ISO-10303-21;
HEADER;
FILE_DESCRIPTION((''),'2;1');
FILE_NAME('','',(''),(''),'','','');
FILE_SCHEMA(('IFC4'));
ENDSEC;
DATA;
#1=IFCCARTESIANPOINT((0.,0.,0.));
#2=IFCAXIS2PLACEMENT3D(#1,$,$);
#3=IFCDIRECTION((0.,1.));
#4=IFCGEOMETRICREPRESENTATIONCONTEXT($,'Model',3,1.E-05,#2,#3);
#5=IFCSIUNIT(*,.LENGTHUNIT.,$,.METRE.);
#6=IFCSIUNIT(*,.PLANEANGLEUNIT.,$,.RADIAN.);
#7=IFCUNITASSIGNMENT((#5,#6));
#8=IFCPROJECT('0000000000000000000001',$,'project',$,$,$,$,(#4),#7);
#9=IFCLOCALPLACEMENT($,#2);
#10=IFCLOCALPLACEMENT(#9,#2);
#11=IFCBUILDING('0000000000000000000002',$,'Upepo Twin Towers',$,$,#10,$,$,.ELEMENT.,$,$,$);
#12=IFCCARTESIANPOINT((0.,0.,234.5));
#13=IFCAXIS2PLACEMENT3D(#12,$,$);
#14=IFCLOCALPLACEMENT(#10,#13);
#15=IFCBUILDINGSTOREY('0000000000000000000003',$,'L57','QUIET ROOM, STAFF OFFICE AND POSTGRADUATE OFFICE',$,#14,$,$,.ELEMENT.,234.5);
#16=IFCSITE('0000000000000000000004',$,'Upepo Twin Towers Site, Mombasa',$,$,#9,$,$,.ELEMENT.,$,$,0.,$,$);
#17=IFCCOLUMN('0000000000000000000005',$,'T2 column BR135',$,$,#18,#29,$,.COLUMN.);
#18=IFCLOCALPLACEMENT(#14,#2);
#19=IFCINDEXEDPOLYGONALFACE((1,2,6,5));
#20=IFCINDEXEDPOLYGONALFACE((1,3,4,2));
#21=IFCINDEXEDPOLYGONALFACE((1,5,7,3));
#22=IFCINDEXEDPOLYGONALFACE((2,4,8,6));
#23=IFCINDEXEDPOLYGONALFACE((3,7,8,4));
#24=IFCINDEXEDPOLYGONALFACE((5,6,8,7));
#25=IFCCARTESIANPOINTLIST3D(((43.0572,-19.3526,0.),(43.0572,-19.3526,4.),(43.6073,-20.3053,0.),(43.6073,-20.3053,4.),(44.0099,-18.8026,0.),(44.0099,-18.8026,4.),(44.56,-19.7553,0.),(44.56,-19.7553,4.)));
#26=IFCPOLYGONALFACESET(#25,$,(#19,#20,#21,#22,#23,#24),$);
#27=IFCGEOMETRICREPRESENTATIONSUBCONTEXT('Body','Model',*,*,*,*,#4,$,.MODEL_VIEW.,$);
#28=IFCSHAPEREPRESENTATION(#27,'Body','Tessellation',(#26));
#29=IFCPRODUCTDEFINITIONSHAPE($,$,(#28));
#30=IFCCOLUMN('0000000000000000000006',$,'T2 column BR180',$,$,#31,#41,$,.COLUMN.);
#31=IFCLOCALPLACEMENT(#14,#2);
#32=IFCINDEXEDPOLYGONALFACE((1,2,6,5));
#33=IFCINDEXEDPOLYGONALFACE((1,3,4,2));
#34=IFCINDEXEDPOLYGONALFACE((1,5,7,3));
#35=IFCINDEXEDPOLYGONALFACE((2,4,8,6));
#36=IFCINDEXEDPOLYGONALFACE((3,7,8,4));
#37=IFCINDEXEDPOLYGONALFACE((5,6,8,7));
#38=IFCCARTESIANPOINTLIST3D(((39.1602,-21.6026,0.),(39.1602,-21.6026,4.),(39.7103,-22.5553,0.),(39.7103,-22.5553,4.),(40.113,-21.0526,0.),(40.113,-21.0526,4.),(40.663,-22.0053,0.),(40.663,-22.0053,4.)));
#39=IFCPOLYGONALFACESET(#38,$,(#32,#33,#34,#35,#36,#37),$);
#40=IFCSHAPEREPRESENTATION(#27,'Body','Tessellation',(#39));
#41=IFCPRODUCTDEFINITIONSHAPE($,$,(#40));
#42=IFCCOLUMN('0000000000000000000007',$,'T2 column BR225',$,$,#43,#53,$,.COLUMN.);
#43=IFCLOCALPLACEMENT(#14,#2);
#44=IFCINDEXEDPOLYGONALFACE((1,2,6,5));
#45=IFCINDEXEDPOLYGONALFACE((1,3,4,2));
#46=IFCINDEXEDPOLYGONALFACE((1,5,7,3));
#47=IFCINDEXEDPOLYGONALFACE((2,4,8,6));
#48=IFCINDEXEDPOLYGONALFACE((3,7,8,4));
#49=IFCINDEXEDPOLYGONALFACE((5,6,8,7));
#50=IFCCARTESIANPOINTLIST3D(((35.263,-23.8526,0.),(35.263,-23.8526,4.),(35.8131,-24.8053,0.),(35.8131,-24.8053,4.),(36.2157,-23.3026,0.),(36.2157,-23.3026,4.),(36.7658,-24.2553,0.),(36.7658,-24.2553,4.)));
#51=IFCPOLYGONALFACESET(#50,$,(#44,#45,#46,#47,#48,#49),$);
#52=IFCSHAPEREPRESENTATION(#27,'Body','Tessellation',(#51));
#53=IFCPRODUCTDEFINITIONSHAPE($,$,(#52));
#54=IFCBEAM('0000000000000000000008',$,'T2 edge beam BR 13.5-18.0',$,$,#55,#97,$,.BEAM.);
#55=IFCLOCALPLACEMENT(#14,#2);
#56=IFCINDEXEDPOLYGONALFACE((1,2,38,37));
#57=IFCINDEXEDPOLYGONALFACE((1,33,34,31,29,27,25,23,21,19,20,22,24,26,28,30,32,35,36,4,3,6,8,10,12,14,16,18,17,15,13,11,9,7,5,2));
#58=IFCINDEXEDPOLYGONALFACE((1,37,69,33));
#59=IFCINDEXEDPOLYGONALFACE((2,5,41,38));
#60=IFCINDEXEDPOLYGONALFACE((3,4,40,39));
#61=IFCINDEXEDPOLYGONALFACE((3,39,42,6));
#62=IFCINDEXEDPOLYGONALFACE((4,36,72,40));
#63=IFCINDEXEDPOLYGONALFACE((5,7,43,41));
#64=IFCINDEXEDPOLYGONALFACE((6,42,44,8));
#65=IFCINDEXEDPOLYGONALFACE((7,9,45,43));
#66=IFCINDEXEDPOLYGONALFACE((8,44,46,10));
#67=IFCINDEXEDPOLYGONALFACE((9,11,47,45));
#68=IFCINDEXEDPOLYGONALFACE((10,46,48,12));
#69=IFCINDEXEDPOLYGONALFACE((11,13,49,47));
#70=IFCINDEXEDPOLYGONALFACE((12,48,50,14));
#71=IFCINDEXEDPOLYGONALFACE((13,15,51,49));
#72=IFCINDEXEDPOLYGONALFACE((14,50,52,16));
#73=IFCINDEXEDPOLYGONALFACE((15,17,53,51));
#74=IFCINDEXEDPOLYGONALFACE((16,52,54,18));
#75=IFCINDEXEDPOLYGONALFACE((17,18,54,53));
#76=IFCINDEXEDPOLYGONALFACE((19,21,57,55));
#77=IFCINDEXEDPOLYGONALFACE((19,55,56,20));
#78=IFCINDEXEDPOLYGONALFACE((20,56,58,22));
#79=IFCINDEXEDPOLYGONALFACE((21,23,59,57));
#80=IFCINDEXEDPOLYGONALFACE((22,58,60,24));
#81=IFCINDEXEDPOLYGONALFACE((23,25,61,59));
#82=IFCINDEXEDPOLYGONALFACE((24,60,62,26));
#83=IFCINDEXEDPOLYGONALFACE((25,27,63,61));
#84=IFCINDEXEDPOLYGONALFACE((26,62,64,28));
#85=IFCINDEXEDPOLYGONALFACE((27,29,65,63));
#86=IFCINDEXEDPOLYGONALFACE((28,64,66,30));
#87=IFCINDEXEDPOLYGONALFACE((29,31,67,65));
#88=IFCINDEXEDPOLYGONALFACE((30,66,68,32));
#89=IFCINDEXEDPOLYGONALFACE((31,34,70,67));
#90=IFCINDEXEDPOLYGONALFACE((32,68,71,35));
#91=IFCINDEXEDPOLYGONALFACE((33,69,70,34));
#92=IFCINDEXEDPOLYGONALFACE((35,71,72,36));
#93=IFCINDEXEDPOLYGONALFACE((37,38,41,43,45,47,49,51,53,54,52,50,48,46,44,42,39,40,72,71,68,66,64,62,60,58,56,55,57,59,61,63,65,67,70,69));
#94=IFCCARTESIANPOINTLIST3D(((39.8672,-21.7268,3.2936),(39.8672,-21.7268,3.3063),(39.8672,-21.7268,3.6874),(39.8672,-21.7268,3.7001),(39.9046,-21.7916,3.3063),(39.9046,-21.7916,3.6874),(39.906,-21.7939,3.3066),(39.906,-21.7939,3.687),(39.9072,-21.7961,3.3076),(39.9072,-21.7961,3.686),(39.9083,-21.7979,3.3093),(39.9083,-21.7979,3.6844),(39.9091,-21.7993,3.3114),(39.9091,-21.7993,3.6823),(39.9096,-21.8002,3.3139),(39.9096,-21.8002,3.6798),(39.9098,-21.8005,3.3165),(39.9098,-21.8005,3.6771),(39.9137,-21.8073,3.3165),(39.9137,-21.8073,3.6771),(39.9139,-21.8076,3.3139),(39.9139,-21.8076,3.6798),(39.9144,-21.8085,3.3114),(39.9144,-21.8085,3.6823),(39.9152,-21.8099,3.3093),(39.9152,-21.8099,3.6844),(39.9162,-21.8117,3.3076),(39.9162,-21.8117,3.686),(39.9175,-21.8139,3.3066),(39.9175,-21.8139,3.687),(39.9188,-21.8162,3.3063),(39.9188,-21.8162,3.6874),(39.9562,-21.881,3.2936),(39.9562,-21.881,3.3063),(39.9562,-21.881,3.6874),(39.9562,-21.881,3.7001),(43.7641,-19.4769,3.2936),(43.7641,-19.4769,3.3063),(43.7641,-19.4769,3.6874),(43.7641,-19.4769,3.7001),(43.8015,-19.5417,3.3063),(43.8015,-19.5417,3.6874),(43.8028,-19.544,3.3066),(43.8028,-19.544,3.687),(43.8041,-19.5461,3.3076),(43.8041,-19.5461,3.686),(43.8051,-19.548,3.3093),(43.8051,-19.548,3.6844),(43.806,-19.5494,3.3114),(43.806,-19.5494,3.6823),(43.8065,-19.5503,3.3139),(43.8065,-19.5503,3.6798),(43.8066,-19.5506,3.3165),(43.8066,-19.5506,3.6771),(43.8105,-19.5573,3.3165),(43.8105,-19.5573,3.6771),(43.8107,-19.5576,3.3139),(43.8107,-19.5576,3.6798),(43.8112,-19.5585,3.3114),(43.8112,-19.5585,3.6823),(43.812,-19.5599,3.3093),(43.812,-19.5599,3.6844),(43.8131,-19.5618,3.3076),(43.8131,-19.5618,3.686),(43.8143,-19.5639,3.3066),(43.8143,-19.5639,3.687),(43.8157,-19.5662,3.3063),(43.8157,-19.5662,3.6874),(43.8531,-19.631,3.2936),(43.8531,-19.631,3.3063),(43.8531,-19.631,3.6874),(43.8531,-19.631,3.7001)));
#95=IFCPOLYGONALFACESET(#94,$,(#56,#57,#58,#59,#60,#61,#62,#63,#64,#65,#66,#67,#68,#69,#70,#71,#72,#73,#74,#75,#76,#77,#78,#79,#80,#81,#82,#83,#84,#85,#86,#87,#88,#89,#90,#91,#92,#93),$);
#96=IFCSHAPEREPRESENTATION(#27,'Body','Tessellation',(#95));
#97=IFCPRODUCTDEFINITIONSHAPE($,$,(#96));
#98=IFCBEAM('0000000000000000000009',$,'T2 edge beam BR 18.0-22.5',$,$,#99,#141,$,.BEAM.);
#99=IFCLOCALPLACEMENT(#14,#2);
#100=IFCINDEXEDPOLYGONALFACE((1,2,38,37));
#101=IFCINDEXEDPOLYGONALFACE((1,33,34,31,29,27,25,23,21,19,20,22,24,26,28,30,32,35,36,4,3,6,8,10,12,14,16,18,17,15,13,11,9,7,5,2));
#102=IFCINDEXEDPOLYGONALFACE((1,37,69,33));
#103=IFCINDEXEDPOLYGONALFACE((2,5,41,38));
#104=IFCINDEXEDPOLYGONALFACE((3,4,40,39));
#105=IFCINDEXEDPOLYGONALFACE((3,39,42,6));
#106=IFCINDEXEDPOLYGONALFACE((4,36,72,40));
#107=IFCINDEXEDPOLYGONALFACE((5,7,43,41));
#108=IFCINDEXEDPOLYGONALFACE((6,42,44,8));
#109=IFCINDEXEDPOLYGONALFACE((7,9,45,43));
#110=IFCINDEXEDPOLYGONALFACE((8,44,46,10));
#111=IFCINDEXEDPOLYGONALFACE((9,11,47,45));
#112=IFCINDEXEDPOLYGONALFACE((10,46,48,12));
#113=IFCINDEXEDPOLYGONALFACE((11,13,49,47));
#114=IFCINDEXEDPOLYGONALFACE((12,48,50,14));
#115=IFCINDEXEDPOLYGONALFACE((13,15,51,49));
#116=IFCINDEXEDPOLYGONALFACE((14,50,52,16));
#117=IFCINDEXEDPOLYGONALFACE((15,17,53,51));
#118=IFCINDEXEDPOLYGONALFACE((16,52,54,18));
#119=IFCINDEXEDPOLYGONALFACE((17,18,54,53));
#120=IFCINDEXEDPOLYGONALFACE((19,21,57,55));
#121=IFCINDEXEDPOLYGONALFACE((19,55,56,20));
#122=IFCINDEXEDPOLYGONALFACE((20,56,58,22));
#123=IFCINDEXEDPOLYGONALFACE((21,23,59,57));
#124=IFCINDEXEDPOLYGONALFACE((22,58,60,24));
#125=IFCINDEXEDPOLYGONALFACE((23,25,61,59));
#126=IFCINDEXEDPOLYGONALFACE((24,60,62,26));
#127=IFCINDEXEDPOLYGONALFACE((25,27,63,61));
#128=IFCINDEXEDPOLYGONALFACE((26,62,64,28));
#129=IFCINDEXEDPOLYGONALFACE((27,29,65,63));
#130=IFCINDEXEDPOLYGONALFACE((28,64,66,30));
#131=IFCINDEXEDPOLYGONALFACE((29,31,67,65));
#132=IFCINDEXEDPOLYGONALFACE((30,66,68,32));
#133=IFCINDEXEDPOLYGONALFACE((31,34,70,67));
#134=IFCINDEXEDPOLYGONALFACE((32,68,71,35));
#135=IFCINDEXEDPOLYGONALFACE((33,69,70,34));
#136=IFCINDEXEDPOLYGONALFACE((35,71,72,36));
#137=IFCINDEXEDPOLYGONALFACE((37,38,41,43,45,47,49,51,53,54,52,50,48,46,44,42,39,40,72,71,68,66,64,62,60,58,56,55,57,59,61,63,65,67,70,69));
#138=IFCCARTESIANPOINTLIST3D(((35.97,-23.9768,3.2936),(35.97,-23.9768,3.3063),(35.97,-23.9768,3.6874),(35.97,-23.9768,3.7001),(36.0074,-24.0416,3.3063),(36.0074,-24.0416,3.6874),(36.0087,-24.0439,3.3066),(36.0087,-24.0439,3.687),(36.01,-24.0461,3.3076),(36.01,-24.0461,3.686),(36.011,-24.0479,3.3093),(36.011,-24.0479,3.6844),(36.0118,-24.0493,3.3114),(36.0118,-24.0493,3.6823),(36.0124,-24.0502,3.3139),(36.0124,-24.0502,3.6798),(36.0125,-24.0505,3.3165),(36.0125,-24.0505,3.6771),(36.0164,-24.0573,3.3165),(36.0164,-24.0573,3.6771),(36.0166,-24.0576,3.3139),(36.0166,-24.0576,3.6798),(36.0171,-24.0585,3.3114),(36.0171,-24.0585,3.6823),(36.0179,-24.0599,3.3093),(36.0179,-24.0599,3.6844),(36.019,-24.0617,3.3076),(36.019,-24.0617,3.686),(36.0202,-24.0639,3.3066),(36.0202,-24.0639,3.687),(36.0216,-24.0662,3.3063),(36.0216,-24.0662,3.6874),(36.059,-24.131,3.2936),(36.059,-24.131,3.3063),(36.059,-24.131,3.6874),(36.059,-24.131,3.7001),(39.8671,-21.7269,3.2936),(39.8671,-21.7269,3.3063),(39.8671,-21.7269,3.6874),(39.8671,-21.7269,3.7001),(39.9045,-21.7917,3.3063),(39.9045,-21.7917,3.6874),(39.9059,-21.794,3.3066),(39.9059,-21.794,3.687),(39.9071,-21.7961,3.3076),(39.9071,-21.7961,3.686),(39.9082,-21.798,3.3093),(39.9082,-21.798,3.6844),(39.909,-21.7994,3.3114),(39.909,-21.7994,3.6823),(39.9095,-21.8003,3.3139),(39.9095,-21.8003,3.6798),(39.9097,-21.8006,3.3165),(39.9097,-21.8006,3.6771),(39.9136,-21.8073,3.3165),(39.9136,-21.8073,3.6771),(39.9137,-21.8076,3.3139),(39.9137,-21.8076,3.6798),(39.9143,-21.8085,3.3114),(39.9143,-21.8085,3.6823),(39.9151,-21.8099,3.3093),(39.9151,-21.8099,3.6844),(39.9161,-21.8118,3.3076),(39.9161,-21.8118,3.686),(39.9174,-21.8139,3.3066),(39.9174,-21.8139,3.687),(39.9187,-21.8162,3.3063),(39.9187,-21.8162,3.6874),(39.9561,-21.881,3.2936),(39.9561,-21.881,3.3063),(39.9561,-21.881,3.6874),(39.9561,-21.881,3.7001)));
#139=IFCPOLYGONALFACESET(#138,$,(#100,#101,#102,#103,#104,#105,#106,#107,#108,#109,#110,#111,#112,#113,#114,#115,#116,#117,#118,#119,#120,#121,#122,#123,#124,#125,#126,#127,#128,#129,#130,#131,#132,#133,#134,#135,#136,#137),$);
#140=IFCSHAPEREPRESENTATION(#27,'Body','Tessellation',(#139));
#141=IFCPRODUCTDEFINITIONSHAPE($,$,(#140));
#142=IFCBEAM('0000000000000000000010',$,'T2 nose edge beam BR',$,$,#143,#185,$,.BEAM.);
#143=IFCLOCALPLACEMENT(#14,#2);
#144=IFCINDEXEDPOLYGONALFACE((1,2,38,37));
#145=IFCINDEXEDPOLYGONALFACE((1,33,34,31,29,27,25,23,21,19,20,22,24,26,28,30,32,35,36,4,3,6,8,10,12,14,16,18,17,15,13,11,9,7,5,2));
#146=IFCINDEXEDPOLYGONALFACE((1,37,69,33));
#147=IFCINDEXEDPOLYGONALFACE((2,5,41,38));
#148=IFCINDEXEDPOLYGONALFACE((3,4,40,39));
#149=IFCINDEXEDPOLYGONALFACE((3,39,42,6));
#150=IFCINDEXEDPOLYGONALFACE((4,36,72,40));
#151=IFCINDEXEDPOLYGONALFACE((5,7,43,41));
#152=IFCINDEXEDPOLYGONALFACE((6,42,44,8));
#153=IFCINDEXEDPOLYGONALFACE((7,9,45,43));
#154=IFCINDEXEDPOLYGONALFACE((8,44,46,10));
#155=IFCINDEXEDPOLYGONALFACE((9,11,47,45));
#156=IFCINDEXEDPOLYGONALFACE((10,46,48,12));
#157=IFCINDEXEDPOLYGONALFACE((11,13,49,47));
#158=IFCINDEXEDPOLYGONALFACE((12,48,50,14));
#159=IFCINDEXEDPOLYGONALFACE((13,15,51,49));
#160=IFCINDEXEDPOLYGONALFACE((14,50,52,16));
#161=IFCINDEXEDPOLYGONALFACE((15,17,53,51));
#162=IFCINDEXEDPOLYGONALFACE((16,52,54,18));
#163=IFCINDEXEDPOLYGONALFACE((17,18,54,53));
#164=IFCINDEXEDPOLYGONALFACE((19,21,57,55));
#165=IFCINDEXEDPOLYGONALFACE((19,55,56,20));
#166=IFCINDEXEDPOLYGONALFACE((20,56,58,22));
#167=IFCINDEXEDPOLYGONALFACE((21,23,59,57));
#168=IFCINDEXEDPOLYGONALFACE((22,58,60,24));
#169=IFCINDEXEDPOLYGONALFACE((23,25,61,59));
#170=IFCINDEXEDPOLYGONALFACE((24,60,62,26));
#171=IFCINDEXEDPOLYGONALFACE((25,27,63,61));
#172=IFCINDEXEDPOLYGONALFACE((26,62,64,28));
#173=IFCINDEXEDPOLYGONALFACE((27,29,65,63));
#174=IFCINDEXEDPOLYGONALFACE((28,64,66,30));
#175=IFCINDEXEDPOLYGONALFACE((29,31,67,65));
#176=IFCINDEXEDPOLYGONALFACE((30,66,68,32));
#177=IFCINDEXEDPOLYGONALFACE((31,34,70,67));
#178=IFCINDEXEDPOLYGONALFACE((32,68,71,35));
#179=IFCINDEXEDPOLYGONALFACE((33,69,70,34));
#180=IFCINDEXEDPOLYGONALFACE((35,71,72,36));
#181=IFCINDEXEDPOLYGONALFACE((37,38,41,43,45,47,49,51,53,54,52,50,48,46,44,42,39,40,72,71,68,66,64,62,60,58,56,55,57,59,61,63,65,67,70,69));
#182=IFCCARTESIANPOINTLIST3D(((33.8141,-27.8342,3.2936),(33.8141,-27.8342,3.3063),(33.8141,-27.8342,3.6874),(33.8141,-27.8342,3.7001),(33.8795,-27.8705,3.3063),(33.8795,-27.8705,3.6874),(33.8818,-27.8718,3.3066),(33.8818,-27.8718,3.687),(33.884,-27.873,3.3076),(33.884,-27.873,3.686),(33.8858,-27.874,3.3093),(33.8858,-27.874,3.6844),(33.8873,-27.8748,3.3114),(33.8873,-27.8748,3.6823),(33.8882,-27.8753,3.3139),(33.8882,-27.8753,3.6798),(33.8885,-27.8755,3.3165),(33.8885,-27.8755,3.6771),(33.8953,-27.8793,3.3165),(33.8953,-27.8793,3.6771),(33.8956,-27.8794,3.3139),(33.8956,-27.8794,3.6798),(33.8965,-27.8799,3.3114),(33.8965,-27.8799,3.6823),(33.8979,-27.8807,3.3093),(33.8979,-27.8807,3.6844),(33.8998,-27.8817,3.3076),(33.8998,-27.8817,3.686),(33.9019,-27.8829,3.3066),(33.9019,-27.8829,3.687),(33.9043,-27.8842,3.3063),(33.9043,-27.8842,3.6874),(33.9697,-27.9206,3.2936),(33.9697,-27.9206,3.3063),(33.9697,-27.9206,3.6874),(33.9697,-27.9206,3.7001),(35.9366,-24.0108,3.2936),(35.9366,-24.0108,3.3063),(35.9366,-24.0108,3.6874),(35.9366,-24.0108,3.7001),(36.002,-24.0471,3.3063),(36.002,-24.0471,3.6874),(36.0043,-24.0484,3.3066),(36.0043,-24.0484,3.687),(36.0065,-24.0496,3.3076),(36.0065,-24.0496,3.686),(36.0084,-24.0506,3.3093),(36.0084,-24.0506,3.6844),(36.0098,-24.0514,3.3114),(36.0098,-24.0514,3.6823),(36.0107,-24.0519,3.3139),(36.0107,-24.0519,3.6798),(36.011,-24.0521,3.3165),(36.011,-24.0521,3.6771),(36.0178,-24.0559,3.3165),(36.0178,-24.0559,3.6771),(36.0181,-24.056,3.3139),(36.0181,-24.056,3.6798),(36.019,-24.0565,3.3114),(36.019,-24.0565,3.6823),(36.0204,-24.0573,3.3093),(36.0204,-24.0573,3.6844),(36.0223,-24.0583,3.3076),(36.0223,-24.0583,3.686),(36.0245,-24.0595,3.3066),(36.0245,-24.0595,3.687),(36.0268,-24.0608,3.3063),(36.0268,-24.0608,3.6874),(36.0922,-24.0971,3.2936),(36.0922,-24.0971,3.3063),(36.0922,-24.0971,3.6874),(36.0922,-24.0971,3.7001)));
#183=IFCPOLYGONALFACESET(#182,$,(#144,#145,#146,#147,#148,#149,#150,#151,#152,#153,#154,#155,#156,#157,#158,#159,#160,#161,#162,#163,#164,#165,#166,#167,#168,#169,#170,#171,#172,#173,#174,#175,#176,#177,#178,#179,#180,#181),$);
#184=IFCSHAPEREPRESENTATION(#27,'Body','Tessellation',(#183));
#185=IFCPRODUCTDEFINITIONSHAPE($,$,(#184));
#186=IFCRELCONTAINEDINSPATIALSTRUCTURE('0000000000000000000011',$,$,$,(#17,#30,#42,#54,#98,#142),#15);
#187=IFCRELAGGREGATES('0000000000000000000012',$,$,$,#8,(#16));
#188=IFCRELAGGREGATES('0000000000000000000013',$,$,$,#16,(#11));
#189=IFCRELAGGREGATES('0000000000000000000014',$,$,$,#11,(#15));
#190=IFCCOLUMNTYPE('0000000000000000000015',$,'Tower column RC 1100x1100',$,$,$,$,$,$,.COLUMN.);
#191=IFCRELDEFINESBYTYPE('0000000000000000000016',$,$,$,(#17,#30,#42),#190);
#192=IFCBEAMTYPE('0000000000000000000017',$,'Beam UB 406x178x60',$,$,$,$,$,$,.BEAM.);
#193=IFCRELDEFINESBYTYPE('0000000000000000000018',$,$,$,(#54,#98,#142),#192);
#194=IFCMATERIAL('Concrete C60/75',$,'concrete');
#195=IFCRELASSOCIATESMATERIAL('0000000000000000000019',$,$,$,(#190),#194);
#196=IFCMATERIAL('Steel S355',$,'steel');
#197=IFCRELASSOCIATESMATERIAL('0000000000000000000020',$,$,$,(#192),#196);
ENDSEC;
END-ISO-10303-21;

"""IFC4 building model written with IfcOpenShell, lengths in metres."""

from ifc_helpers import new_model, si_unit, direction, frame, origin, origin_2d, place, context, subcontext, project, spatial, rectangle, i_section, extrude, material, material_profile, profile_set, type_object, element, save


model = new_model("IFC4")

# Units and contexts
model_context = context("Model", 3, precision=1e-05, world=origin(), true_north=direction((0.0, 1.0)))
body_context = subcontext(model_context, "Body", "Model", "MODEL_VIEW")
ifc_project = project(units=[si_unit("LENGTHUNIT", "METRE"), si_unit("PLANEANGLEUNIT", "RADIAN")], contexts=[model_context])

# Site, building, storey
site_placement = place(None, origin())
site = spatial("IfcSite", under=ifc_project, at=site_placement, Name="Upepo Twin Towers Site, Mombasa", CompositionType="ELEMENT", RefElevation=0.0)
building_placement = place(site_placement, origin())
building = spatial("IfcBuilding", under=site, at=building_placement, Name="Upepo Twin Towers", CompositionType="ELEMENT")
storey_placement = place(building_placement, frame((0.0, 0.0, 234.5)))
storey = spatial("IfcBuildingStorey", under=building, at=storey_placement, Name="L57", Description="QUIET ROOM, STAFF OFFICE AND POSTGRADUATE OFFICE", CompositionType="ELEMENT", Elevation=234.5)

# Columns
ifc_material_1 = material(Name="Concrete C60/75", Category="concrete")
ifc_material_profile_1 = material_profile(ifc_material_1, rectangle(XDim=1.1001, YDim=1.1001, at=origin_2d()), Name="RC 1100x1100")
ifc_profile_set_1 = profile_set([ifc_material_profile_1], Name="Concrete C60/75")
column_type = type_object("IfcColumnType", Name="Tower column RC 1100x1100", PredefinedType="COLUMN", material=ifc_profile_set_1)
for number, where, z_axis, x_axis, name in (
    (1, (43.8086, -19.554, 0.0), (0.0, 0.0, 1.0), (0.866025, 0.5, 0.0), "T2 column BR135"),
    (2, (39.9116, -21.804, 0.0), (0.0, 0.0, 1.0), (0.866025, 0.5, 0.0), "T2 column BR180"),
    (3, (36.0144, -24.054, 0.0), (0.0, 0.0, 1.0), (0.866025, 0.5, 0.0), "T2 column BR225"),
):
    element("IfcColumn", number, at=place(storey_placement, frame(where, z_axis=z_axis, x_axis=x_axis)), inside=storey, type_object=column_type, Name=name, PredefinedType="COLUMN", context=body_context, shape_type="SweptSolid", body=[
        extrude(rectangle(XDim=1.1001, YDim=1.1001, at=origin_2d()), origin(), (0.0, 0.0, 1.0), 4.0),
    ])

# Beams
ifc_material_2 = material(Name="Steel S355", Category="steel")
ifc_material_profile_2 = material_profile(ifc_material_2, i_section(OverallWidth=0.178, OverallDepth=0.4065, WebThickness=0.0078, FlangeThickness=0.0127, FilletRadius=0.0103, at=origin_2d()), Name="UB 406x178x60")
ifc_profile_set_2 = profile_set([ifc_material_profile_2], Name="Steel S355")
beam_type_1 = type_object("IfcBeamType", Name="Beam UB 406x178x60", PredefinedType="BEAM", material=ifc_profile_set_2)
beam_1_placement = place(storey_placement, frame((43.8086, -19.554, 3.4968), z_axis=(-0.866018, -0.500014, 0.0), x_axis=(0.500014, -0.866018, 0.0)))
element("IfcBeam", 4, at=beam_1_placement, inside=storey, type_object=beam_type_1, Name="T2 edge beam BR 13.5-18.0", PredefinedType="BEAM", context=body_context, shape_type="SweptSolid", body=[
    extrude(i_section(OverallWidth=0.178, OverallDepth=0.4065, WebThickness=0.0078, FlangeThickness=0.0127, FilletRadius=0.0103, at=origin_2d()), origin(), (0.0, 0.0, 1.0), 4.4998),
])
beam_2_placement = place(storey_placement, frame((39.9116, -21.804, 3.4968), z_axis=(-0.866031, -0.49999, 0.0), x_axis=(0.49999, -0.866031, 0.0)))
element("IfcBeam", 5, at=beam_2_placement, inside=storey, type_object=beam_type_1, Name="T2 edge beam BR 18.0-22.5", PredefinedType="BEAM", context=body_context, shape_type="SweptSolid", body=[
    extrude(i_section(OverallWidth=0.178, OverallDepth=0.4065, WebThickness=0.0078, FlangeThickness=0.0127, FilletRadius=0.0103, at=origin_2d()), origin(), (0.0, 0.0, 1.0), 4.5),
])
beam_3_placement = place(storey_placement, frame((36.0144, -24.054, 3.4968), z_axis=(-0.485363, -0.874313, 0.0), x_axis=(0.874313, -0.485363, 0.0)))
element("IfcBeam", 6, at=beam_3_placement, inside=storey, type_object=beam_type_1, Name="T2 nose edge beam BR", PredefinedType="BEAM", context=body_context, shape_type="SweptSolid", body=[
    extrude(i_section(OverallWidth=0.178, OverallDepth=0.4065, WebThickness=0.0078, FlangeThickness=0.0127, FilletRadius=0.0103, at=origin_2d()), origin(), (0.0, 0.0, 1.0), 4.373),
])

save(model, "model.ifc")
